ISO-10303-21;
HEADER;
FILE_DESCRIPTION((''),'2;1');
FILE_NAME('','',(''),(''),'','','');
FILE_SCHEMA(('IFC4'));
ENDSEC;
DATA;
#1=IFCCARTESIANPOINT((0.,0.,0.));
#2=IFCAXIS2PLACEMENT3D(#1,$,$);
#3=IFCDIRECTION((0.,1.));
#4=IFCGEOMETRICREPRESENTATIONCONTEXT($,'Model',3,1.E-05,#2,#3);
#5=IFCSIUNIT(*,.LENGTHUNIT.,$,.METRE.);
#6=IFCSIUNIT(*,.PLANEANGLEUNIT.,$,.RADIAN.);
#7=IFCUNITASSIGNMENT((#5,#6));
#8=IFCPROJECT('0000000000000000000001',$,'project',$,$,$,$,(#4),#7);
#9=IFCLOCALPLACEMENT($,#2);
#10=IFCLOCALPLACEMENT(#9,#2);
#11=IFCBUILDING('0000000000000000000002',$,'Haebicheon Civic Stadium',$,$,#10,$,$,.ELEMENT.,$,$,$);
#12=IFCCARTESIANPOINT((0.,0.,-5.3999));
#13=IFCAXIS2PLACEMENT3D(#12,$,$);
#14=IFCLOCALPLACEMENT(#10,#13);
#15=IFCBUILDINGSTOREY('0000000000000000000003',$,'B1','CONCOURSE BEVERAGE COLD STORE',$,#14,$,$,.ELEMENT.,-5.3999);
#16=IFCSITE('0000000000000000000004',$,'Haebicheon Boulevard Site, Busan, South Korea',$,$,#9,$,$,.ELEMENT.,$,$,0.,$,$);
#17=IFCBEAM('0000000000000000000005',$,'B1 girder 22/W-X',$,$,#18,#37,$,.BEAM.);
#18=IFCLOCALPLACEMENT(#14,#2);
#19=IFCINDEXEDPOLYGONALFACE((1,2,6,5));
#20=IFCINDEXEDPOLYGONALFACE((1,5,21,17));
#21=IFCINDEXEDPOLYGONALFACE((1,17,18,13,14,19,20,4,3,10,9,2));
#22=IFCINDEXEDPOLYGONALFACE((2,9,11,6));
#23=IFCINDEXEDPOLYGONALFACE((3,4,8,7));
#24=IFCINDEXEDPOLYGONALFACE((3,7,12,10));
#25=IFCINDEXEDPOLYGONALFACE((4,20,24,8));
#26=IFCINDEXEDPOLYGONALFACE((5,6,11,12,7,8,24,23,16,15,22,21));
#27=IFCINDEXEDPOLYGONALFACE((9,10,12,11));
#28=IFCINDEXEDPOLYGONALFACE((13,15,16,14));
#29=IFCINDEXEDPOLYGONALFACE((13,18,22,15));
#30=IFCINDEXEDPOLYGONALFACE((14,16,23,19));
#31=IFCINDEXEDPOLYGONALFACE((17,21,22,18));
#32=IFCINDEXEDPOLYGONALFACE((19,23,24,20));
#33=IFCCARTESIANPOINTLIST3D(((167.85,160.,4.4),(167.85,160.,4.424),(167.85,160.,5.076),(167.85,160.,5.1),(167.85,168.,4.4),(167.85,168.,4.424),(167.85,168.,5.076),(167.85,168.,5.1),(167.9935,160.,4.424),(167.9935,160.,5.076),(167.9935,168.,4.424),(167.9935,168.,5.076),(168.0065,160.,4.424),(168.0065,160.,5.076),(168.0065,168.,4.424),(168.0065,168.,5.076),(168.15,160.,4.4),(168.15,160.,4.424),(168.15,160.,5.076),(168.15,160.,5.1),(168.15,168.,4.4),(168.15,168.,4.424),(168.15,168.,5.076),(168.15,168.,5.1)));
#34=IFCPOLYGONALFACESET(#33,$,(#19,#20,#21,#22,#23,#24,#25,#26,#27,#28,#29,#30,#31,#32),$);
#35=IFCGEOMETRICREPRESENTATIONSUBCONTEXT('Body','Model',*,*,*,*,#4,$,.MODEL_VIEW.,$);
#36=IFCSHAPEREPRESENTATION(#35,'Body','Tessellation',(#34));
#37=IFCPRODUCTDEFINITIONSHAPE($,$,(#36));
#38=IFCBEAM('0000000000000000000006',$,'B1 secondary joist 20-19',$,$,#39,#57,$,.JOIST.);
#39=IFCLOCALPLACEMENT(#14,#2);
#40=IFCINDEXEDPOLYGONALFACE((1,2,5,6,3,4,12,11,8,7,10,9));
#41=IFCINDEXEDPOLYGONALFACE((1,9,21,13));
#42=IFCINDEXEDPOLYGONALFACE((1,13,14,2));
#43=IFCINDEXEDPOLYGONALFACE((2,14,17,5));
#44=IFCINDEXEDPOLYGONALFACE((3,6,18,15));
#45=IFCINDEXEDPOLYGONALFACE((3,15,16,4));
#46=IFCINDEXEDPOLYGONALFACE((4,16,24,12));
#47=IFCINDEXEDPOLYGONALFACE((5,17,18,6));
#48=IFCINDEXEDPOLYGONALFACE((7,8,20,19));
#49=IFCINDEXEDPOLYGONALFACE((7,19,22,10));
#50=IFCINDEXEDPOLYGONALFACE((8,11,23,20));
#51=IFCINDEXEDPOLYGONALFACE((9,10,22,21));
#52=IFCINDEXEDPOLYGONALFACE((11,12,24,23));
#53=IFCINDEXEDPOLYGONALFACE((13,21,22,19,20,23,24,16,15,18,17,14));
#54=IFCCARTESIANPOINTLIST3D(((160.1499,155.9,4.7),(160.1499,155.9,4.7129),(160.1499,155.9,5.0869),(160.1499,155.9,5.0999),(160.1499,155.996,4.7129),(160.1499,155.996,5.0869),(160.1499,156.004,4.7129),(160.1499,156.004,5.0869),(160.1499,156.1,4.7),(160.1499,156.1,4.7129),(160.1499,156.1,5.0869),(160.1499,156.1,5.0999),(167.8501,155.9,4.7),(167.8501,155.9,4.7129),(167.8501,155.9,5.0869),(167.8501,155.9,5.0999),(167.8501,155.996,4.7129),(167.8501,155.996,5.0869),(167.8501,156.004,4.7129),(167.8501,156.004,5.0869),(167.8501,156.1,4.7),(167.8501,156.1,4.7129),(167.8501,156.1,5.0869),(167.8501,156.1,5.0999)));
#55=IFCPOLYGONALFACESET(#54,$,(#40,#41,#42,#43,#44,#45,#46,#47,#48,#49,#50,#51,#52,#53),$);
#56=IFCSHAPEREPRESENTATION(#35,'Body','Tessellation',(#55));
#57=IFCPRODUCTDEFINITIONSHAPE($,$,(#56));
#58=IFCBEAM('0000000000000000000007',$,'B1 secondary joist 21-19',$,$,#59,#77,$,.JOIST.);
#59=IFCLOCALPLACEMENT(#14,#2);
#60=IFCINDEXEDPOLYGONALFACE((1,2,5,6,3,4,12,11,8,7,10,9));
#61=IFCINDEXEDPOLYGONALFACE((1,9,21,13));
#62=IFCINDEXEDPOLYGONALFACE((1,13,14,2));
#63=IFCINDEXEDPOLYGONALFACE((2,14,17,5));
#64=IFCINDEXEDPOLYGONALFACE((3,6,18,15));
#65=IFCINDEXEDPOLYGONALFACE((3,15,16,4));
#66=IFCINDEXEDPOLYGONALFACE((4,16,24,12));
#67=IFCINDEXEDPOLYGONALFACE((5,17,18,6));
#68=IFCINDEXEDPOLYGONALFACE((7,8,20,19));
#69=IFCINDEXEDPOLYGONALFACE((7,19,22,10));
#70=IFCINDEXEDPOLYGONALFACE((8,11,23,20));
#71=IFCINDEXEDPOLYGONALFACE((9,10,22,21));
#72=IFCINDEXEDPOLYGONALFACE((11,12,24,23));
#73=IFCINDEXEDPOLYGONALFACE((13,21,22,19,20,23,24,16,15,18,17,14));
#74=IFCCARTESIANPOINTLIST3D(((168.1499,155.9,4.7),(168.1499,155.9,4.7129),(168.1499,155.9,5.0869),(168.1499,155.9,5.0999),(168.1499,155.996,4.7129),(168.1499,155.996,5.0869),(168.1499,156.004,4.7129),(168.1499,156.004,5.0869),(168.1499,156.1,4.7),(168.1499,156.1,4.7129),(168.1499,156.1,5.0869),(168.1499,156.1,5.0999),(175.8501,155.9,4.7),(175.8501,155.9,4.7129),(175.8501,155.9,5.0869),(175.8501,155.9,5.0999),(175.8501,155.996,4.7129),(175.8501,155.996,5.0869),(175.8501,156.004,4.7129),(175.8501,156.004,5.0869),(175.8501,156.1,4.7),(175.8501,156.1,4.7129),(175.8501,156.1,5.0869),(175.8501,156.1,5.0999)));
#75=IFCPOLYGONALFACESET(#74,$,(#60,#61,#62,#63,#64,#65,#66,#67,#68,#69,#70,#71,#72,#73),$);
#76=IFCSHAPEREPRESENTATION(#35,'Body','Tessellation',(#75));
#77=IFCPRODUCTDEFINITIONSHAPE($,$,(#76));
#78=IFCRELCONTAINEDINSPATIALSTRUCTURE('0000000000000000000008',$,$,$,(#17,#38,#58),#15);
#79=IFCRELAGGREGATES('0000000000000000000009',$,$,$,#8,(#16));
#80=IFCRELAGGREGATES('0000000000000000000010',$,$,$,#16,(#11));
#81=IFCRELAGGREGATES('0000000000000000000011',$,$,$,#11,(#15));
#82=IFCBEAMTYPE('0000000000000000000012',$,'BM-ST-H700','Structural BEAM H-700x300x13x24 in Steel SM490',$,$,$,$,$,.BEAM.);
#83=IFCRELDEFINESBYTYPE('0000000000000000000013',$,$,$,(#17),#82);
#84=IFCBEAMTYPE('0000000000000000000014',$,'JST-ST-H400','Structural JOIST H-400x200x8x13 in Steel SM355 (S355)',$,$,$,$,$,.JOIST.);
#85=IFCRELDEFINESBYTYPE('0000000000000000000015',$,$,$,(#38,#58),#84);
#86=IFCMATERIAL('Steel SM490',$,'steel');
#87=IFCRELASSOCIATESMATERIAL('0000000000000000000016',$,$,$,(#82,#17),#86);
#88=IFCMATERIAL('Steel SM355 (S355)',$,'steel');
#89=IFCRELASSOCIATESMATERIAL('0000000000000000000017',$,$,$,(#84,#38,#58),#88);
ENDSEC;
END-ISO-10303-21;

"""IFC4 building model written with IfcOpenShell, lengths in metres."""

from ifc_helpers import new_model, si_unit, direction, frame, origin, origin_2d, place, context, subcontext, project, spatial, i_section, extrude, material, material_profile, profile_set, type_object, element, save


model = new_model("IFC4")

# Units and contexts
model_context = context("Model", 3, precision=1e-05, world=origin(), true_north=direction((0.0, 1.0)))
body_context = subcontext(model_context, "Body", "Model", "MODEL_VIEW")
ifc_project = project(units=[si_unit("LENGTHUNIT", "METRE"), si_unit("PLANEANGLEUNIT", "RADIAN")], contexts=[model_context])

# Site, building, storey
site_placement = place(None, origin())
site = spatial("IfcSite", under=ifc_project, at=site_placement, Name="Haebicheon Boulevard Site, Busan, South Korea", CompositionType="ELEMENT", RefElevation=0.0)
building_placement = place(site_placement, origin())
building = spatial("IfcBuilding", under=site, at=building_placement, Name="Haebicheon Civic Stadium", CompositionType="ELEMENT")
storey_placement = place(building_placement, frame((0.0, 0.0, -5.3999)))
storey = spatial("IfcBuildingStorey", under=building, at=storey_placement, Name="B1", Description="CONCOURSE BEVERAGE COLD STORE", CompositionType="ELEMENT", Elevation=-5.3999)

# Beams
ifc_material_1 = material(Name="Steel SM490", Category="steel")
ifc_material_profile_1 = material_profile(ifc_material_1, i_section(OverallWidth=0.3, OverallDepth=0.7, WebThickness=0.0129, FlangeThickness=0.0239, at=origin_2d()), Name="H-700x300x13x24")
ifc_profile_set_1 = profile_set([ifc_material_profile_1], Name="Steel SM490")
beam_type_1 = type_object("IfcBeamType", Name="BM-ST-H700", Description="Structural BEAM H-700x300x13x24 in Steel SM490", PredefinedType="BEAM", material=ifc_profile_set_1)
for number, where, z_axis, x_axis, name in (
    (1, (168.0, 160.0, 4.75), (0.0, 1.0, 0.0), (-1.0, 0.0, 0.0), "B1 girder 22/W-X"),
):
    element("IfcBeam", number, at=place(storey_placement, frame(where, z_axis=z_axis, x_axis=x_axis)), inside=storey, type_object=beam_type_1, material=ifc_profile_set_1, Name=name, PredefinedType="BEAM", context=body_context, shape_type="SweptSolid", body=[
        extrude(i_section(OverallWidth=0.3, OverallDepth=0.7, WebThickness=0.0129, FlangeThickness=0.0239, at=origin_2d()), origin(), (0.0, 0.0, 1.0), 8.0),
    ])
ifc_material_2 = material(Name="Steel SM355 (S355)", Category="steel")
ifc_material_profile_2 = material_profile(ifc_material_2, i_section(OverallWidth=0.2, OverallDepth=0.3999, WebThickness=0.0081, FlangeThickness=0.0129, at=origin_2d()), Name="H-400x200x8x13")
ifc_profile_set_2 = profile_set([ifc_material_profile_2], Name="Steel SM355 (S355)")
beam_type_2 = type_object("IfcBeamType", Name="JST-ST-H400", Description="Structural JOIST H-400x200x8x13 in Steel SM355 (S355)", PredefinedType="JOIST", material=ifc_profile_set_2)
for number, where, z_axis, x_axis, name in (
    (2, (160.1499, 156.0, 4.8999), (1.0, 0.0, 0.0), (0.0, 1.0, 0.0), "B1 secondary joist 20-19"),
    (3, (168.1499, 156.0, 4.8999), (1.0, 0.0, 0.0), (0.0, 1.0, 0.0), "B1 secondary joist 21-19"),
):
    element("IfcBeam", number, at=place(storey_placement, frame(where, z_axis=z_axis, x_axis=x_axis)), inside=storey, type_object=beam_type_2, material=ifc_profile_set_2, Name=name, PredefinedType="JOIST", context=body_context, shape_type="SweptSolid", body=[
        extrude(i_section(OverallWidth=0.2, OverallDepth=0.3999, WebThickness=0.0081, FlangeThickness=0.0129, at=origin_2d()), origin(), (0.0, 0.0, 1.0), 7.7002),
    ])

save(model, "model.ifc")
